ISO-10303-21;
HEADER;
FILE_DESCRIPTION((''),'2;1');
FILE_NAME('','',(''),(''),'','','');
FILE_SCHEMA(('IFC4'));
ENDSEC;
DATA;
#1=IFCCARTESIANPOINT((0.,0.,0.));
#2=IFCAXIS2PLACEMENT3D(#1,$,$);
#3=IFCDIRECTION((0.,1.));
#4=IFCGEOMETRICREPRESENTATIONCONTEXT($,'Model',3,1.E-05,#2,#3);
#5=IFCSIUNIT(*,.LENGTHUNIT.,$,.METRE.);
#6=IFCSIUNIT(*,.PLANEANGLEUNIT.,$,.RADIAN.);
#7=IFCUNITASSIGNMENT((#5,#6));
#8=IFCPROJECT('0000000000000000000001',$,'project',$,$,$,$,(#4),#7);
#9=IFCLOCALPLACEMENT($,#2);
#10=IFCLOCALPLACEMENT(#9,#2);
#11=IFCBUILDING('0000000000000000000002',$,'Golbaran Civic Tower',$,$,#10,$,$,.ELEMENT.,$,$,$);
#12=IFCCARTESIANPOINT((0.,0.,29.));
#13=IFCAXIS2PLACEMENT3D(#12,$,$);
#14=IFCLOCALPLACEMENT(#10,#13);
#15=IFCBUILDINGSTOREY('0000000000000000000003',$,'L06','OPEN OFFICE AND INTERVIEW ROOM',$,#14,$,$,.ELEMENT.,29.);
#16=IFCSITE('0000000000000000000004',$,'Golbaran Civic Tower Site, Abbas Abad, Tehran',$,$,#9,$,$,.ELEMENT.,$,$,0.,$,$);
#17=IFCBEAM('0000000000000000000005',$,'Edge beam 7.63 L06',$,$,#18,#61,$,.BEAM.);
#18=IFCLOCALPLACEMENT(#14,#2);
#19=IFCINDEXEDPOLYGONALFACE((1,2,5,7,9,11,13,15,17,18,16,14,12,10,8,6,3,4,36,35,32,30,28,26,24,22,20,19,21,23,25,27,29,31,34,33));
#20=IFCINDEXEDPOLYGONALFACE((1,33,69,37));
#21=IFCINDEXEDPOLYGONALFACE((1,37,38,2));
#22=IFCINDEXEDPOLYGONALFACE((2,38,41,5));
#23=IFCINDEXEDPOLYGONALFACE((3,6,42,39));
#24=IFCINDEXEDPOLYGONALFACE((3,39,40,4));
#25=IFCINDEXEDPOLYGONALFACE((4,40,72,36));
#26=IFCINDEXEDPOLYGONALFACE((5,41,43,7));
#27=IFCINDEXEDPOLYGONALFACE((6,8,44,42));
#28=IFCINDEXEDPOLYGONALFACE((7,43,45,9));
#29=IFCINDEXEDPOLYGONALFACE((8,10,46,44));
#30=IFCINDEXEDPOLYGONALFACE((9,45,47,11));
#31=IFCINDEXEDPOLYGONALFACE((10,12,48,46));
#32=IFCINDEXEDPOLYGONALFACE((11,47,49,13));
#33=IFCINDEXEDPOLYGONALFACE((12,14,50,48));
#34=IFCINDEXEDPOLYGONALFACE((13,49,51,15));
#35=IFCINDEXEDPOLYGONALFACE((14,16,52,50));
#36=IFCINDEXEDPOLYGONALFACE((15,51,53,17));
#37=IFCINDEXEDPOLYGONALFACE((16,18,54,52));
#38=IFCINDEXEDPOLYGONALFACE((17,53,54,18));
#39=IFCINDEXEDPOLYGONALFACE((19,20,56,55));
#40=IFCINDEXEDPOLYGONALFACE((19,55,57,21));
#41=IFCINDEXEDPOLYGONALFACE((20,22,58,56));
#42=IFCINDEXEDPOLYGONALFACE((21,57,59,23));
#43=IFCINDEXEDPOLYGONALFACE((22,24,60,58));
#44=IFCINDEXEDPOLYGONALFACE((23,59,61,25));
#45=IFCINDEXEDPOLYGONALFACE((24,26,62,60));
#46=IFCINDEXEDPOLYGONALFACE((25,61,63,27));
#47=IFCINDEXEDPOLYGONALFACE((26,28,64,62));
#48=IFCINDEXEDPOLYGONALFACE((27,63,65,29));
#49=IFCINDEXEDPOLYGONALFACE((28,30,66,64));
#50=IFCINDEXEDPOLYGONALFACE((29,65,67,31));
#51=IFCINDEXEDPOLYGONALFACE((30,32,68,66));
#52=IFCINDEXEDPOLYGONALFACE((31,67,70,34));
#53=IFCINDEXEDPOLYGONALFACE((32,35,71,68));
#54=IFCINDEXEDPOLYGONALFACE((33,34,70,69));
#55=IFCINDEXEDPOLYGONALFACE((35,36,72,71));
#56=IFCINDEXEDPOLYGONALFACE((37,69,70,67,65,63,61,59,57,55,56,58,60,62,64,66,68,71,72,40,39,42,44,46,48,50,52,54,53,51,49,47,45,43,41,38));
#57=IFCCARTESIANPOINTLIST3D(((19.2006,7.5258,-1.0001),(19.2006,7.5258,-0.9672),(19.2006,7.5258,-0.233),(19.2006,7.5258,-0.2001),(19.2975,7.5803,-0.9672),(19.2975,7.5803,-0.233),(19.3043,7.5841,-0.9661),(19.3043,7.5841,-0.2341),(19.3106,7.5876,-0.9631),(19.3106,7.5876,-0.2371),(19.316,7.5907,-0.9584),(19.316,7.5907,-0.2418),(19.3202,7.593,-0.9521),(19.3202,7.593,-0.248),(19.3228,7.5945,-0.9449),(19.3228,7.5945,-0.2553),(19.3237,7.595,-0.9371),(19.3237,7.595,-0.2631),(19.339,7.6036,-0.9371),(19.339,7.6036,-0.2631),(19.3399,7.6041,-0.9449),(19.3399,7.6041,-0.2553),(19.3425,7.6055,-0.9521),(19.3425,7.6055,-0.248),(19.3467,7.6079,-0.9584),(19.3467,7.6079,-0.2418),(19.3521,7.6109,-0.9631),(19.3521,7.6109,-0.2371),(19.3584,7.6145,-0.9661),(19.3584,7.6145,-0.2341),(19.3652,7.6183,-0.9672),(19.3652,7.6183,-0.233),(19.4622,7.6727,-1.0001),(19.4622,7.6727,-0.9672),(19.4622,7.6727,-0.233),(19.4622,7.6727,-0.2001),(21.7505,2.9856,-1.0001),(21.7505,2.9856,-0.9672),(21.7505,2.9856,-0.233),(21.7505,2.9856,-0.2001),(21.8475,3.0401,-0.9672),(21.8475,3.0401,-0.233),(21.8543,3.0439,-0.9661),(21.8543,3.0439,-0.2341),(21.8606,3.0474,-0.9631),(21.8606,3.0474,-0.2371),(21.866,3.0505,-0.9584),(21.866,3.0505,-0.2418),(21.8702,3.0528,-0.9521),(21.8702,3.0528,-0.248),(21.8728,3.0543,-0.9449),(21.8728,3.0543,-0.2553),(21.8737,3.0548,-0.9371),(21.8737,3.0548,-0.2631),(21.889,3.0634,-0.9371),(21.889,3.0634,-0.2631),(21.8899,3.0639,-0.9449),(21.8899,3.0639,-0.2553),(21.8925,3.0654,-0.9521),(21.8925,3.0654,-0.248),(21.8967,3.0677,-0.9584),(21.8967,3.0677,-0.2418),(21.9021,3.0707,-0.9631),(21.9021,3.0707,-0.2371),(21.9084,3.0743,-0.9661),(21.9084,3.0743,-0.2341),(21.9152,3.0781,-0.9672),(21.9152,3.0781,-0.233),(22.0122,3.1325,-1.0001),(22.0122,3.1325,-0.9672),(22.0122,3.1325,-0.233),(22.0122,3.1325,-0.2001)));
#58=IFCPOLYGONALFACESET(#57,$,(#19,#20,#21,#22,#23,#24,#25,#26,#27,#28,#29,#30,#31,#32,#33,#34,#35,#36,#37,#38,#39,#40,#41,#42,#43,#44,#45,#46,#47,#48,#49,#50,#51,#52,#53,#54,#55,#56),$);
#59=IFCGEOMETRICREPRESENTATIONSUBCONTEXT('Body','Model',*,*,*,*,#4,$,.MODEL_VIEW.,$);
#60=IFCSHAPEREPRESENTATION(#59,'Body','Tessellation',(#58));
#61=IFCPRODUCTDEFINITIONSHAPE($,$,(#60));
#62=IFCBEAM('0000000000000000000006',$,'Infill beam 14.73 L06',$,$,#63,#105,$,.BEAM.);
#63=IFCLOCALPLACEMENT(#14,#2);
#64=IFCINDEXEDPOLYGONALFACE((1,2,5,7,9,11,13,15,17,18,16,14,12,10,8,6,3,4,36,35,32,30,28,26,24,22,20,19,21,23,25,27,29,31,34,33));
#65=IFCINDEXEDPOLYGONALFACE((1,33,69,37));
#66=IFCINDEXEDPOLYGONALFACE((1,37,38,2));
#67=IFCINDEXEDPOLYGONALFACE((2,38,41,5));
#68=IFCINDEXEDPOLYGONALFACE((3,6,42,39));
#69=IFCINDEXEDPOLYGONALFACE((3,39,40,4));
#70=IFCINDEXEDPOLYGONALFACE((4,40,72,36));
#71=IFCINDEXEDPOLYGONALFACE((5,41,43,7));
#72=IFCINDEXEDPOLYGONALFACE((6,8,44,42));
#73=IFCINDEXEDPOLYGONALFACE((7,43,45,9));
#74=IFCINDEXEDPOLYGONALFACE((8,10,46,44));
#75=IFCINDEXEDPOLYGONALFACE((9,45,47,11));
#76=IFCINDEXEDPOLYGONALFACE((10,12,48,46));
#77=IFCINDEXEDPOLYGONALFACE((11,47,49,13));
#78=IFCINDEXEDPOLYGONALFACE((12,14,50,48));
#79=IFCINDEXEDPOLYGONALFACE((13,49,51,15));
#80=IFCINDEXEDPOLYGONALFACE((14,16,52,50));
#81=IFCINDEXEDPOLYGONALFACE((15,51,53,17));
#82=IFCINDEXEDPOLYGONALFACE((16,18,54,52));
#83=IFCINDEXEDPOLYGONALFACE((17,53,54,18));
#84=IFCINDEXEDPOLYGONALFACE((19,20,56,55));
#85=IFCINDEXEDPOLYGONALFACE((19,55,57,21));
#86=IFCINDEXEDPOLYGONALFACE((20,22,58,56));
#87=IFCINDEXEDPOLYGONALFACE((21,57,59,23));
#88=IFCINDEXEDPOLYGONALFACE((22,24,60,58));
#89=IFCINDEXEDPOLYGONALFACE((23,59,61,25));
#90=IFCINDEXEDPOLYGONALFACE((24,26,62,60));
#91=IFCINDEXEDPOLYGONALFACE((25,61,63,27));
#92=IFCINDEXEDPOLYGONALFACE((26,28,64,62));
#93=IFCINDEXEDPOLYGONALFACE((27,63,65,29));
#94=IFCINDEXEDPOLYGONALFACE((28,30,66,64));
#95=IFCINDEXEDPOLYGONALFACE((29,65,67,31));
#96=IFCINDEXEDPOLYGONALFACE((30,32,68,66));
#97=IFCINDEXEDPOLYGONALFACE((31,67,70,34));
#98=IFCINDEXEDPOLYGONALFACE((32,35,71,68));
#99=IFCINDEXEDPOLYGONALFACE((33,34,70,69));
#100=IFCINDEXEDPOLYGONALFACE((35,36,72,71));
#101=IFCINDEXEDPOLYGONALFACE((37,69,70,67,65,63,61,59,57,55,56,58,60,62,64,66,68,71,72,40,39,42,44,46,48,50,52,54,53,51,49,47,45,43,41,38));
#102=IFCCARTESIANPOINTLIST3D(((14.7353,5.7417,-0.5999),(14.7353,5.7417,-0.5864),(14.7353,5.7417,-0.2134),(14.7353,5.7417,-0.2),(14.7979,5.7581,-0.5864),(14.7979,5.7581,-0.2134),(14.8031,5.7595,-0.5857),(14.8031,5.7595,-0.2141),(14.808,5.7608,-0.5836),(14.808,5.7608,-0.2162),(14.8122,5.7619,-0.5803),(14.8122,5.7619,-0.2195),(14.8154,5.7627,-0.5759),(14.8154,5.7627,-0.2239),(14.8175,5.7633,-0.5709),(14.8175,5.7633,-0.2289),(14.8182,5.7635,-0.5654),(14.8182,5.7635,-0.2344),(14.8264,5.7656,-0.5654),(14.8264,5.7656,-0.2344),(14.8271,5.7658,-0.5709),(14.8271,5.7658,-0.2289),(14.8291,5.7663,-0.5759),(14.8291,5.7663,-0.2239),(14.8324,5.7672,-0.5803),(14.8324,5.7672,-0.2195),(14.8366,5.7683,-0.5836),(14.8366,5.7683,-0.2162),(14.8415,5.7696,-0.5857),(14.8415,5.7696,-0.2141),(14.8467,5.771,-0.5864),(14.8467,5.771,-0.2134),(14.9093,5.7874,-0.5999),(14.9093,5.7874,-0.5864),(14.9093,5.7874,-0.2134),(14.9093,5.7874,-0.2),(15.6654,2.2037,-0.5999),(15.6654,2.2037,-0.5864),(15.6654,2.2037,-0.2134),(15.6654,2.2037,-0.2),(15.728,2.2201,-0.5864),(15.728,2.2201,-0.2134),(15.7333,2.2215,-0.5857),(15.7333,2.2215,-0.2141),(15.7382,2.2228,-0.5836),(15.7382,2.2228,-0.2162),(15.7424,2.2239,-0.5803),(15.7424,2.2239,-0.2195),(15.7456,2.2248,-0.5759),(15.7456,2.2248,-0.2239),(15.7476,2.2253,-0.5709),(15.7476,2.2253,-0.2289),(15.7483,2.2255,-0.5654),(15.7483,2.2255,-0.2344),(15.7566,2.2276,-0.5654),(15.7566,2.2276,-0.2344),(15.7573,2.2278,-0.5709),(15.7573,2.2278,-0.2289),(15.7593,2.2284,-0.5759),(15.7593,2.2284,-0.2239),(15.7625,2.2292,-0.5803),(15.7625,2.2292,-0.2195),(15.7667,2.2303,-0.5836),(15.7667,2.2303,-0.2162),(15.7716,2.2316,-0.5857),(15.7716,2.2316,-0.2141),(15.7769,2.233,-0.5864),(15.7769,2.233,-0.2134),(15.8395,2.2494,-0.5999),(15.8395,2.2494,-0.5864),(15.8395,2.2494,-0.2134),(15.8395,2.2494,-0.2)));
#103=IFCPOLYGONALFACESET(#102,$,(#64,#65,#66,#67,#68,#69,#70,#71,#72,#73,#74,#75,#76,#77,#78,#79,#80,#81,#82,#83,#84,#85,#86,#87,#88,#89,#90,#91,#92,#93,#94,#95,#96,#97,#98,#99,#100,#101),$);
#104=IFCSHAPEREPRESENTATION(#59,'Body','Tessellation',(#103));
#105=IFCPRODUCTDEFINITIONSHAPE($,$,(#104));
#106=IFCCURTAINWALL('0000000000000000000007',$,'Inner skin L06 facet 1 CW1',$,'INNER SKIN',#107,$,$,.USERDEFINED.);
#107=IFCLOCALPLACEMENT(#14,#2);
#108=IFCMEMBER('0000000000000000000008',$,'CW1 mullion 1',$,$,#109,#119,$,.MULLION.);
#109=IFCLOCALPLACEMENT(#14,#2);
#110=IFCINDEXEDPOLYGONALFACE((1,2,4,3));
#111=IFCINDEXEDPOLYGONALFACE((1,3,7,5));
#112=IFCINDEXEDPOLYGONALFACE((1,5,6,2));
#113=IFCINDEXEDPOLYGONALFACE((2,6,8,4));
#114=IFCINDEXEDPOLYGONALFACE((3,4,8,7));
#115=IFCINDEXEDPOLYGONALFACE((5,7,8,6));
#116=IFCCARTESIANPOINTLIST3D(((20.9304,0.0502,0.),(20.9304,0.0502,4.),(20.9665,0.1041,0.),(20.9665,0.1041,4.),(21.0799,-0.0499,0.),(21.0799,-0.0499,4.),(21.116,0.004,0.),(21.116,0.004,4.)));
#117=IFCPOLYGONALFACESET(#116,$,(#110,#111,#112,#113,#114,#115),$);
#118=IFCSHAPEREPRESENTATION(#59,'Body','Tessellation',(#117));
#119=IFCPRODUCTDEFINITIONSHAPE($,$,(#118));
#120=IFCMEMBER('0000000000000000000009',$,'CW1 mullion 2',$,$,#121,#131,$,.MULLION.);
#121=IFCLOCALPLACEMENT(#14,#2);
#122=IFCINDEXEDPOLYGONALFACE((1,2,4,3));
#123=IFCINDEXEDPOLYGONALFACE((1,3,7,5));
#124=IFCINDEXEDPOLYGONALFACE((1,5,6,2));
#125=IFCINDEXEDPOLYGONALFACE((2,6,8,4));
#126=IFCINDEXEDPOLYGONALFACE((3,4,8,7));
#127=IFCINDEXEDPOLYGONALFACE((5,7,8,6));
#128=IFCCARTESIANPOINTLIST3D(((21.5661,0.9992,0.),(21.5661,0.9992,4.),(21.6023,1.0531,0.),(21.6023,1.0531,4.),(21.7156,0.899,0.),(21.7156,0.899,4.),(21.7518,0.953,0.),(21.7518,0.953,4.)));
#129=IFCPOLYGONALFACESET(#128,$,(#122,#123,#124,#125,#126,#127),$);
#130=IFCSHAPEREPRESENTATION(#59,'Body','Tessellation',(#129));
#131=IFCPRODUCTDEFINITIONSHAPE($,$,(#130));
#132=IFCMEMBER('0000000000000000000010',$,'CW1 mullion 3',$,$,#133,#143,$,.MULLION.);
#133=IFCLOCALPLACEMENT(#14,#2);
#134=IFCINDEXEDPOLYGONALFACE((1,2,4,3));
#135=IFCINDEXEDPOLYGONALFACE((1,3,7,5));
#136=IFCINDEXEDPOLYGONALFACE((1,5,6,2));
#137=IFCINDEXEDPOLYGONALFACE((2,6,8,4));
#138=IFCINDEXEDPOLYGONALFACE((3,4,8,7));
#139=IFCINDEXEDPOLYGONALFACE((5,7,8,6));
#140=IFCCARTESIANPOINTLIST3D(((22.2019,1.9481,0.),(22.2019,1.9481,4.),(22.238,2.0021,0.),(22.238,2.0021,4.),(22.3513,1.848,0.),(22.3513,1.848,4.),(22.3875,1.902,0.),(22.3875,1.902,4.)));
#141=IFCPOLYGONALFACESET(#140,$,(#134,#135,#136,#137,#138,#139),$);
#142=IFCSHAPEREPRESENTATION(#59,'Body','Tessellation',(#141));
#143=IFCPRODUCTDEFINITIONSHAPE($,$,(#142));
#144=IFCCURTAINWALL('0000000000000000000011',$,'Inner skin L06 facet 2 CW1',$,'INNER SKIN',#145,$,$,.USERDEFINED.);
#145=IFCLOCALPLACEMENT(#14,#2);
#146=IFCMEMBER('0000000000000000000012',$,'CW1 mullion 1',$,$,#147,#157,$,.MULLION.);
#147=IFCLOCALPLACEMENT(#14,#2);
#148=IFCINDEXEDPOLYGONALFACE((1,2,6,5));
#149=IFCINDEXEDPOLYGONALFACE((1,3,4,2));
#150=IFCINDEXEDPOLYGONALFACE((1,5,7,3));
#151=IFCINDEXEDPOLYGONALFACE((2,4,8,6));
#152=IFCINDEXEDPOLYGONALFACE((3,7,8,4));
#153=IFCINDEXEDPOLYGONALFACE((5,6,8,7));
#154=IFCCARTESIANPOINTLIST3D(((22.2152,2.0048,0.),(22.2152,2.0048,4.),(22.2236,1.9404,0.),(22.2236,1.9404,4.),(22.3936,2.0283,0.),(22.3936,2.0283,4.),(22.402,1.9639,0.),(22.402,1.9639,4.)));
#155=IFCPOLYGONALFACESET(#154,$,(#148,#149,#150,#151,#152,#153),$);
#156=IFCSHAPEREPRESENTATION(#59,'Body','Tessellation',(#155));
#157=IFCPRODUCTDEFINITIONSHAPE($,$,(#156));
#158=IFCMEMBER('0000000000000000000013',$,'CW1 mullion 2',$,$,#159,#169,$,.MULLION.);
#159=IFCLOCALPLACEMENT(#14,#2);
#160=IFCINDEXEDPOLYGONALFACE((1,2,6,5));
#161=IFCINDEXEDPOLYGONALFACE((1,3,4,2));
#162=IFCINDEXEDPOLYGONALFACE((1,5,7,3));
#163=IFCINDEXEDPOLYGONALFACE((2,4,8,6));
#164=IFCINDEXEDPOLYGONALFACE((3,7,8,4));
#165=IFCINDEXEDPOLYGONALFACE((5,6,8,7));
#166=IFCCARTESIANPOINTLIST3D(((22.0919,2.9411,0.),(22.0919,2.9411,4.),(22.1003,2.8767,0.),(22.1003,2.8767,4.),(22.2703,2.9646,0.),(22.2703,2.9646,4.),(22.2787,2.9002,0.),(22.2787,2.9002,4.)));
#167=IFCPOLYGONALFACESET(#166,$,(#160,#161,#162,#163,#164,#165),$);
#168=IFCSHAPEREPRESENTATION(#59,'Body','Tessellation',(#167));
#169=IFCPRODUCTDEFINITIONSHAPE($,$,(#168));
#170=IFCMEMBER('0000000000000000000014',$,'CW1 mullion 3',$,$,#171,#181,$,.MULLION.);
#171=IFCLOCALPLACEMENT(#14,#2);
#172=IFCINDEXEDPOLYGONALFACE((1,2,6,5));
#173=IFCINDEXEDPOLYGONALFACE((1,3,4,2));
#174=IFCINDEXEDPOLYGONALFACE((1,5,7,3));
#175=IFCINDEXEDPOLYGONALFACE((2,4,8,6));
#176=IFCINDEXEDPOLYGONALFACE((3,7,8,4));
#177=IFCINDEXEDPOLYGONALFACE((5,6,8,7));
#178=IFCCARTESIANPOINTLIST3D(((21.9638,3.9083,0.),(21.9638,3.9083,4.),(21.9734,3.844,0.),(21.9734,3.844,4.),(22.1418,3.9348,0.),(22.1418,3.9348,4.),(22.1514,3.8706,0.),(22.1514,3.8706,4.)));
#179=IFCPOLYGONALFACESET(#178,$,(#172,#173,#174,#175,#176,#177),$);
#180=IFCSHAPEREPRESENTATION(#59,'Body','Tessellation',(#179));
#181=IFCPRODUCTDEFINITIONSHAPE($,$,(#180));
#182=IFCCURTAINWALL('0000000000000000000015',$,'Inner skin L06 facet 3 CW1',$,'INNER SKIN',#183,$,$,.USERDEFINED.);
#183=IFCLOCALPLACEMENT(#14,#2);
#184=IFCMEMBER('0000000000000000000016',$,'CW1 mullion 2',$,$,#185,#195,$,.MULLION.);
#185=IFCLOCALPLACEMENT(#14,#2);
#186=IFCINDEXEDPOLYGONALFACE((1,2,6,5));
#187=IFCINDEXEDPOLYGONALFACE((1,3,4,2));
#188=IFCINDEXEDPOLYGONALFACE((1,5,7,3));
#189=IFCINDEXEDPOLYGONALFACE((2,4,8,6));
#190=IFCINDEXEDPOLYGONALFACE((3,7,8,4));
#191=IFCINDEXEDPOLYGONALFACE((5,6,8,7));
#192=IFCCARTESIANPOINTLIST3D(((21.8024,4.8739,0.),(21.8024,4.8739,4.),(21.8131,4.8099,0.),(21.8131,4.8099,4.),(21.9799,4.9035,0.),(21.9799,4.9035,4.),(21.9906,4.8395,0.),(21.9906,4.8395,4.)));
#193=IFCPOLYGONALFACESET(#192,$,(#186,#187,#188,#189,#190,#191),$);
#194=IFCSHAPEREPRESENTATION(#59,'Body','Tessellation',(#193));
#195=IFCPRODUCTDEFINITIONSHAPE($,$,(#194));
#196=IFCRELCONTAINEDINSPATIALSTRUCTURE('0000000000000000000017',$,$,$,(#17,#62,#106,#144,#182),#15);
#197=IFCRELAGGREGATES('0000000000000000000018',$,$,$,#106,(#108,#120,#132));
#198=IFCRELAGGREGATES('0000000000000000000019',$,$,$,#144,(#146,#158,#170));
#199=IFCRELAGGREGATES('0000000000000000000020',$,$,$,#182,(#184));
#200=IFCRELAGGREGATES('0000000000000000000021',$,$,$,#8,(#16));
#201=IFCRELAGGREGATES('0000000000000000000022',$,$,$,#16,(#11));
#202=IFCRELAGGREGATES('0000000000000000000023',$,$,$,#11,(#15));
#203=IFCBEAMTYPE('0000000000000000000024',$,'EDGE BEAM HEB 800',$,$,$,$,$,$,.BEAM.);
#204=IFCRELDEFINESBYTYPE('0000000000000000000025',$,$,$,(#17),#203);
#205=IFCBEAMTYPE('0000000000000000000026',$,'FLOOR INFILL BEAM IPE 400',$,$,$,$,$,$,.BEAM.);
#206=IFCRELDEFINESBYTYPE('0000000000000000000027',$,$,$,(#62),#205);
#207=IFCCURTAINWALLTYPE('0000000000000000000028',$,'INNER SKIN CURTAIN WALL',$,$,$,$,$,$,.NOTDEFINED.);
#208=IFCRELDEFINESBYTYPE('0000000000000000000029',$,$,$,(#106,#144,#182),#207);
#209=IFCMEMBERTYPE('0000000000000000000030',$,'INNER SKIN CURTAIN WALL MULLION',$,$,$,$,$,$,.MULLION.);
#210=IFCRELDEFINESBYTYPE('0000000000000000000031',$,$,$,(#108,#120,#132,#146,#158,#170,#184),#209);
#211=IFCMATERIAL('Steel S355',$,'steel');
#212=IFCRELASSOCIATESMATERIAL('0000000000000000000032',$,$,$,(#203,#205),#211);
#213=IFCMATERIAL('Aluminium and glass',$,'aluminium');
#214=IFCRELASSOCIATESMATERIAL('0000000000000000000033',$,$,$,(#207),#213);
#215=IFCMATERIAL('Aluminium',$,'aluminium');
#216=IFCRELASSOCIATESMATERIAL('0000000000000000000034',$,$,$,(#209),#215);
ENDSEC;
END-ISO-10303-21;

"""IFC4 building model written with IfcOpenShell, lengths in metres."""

from ifc_helpers import new_model, si_unit, direction, frame, origin, origin_2d, place, context, subcontext, project, spatial, rectangle, i_section, extrude, material, material_profile, profile_set, type_object, element, aggregate, save


model = new_model("IFC4")

# Units and contexts
model_context = context("Model", 3, precision=1e-05, world=origin(), true_north=direction((0.0, 1.0)))
body_context = subcontext(model_context, "Body", "Model", "MODEL_VIEW")
ifc_project = project(units=[si_unit("LENGTHUNIT", "METRE"), si_unit("PLANEANGLEUNIT", "RADIAN")], contexts=[model_context])

# Site, building, storey
site_placement = place(None, origin())
site = spatial("IfcSite", under=ifc_project, at=site_placement, Name="Golbaran Civic Tower Site, Abbas Abad, Tehran", CompositionType="ELEMENT", RefElevation=0.0)
building_placement = place(site_placement, origin())
building = spatial("IfcBuilding", under=site, at=building_placement, Name="Golbaran Civic Tower", CompositionType="ELEMENT")
storey_placement = place(building_placement, frame((0.0, 0.0, 29.0)))
storey = spatial("IfcBuildingStorey", under=building, at=storey_placement, Name="L06", Description="OPEN OFFICE AND INTERVIEW ROOM", CompositionType="ELEMENT", Elevation=29.0)

# Beams
ifc_material_1 = material(Name="Steel S355", Category="steel")
ifc_material_profile_1 = material_profile(ifc_material_1, i_section(OverallWidth=0.3, OverallDepth=0.8, WebThickness=0.0176, FlangeThickness=0.033, FilletRadius=0.03, at=origin_2d()), Name="HEB 800")
ifc_profile_set_1 = profile_set([ifc_material_profile_1], Name="Steel S355")
beam_type_1 = type_object("IfcBeamType", Name="EDGE BEAM HEB 800", PredefinedType="BEAM", material=ifc_profile_set_1)
beam_1_placement = place(storey_placement, frame((21.8813, 3.0591, -0.6001), z_axis=(-0.489698, 0.871892, 0.0), x_axis=(-0.871892, -0.489698, 0.0)))
element("IfcBeam", 1, at=beam_1_placement, inside=storey, type_object=beam_type_1, Name="Edge beam 7.63 L06", PredefinedType="BEAM", context=body_context, shape_type="SweptSolid", body=[
    extrude(i_section(OverallWidth=0.3, OverallDepth=0.8, WebThickness=0.0176, FlangeThickness=0.033, FilletRadius=0.03, at=origin_2d()), origin(), (0.0, 0.0, 1.0), 5.2073),
])
ifc_material_profile_2 = material_profile(ifc_material_1, i_section(OverallWidth=0.1799, OverallDepth=0.3999, WebThickness=0.0085, FlangeThickness=0.0134, FilletRadius=0.021, at=origin_2d()), Name="IPE 400")
ifc_profile_set_2 = profile_set([ifc_material_profile_2], Name="Steel S355")
beam_type_2 = type_object("IfcBeamType", Name="FLOOR INFILL BEAM IPE 400", PredefinedType="BEAM", material=ifc_profile_set_2)
beam_2_placement = place(storey_placement, frame((15.7524, 2.2266, -0.3999), z_axis=(-0.254263, 0.967135, 0.0), x_axis=(-0.967135, -0.254263, 0.0)))
element("IfcBeam", 2, at=beam_2_placement, inside=storey, type_object=beam_type_2, Name="Infill beam 14.73 L06", PredefinedType="BEAM", context=body_context, shape_type="SweptSolid", body=[
    extrude(i_section(OverallWidth=0.1799, OverallDepth=0.3999, WebThickness=0.0085, FlangeThickness=0.0134, FilletRadius=0.021, at=origin_2d()), origin(), (0.0, 0.0, 1.0), 3.6582),
])

# Curtain walls, members
ifc_material_2 = material(Name="Aluminium and glass", Category="aluminium")
curtain_wall_type = type_object("IfcCurtainWallType", Name="INNER SKIN CURTAIN WALL", PredefinedType="NOTDEFINED", material=ifc_material_2)
curtain_wall_1_placement = place(storey_placement, origin())
curtain_wall_1 = element("IfcCurtainWall", 3, at=curtain_wall_1_placement, inside=storey, type_object=curtain_wall_type, Name="Inner skin L06 facet 1 CW1", ObjectType="INNER SKIN", PredefinedType="USERDEFINED")
ifc_material_3 = material(Name="Aluminium", Category="aluminium")
ifc_material_profile_3 = material_profile(ifc_material_3, rectangle(XDim=0.1799, YDim=0.0649, at=origin_2d()), Name="INNER SKIN CURTAIN WALL MULLION")
ifc_profile_set_3 = profile_set([ifc_material_profile_3], Name="Aluminium")
member_type_1 = type_object("IfcMemberType", Name="INNER SKIN CURTAIN WALL MULLION", PredefinedType="MULLION", material=ifc_profile_set_3)
member_1_placement = place(storey_placement, frame((21.0232, 0.0271, 0.0), z_axis=(0.0, 0.0, 1.0), x_axis=(-0.830799, 0.556572, 0.0)))
member_1 = element("IfcMember", 4, at=member_1_placement, type_object=member_type_1, Name="CW1 mullion 1", PredefinedType="MULLION", context=body_context, shape_type="SweptSolid", body=[
    extrude(rectangle(XDim=0.1799, YDim=0.0649, at=origin_2d()), origin(), (0.0, 0.0, 1.0), 4.0),
])
member_2_placement = place(storey_placement, frame((21.6589, 0.9761, 0.0), z_axis=(0.0, 0.0, 1.0), x_axis=(-0.830799, 0.556572, 0.0)))
member_2 = element("IfcMember", 5, at=member_2_placement, type_object=member_type_1, Name="CW1 mullion 2", PredefinedType="MULLION", context=body_context, shape_type="SweptSolid", body=[
    extrude(rectangle(XDim=0.1799, YDim=0.0649, at=origin_2d()), origin(), (0.0, 0.0, 1.0), 4.0),
])
member_3_placement = place(storey_placement, frame((22.2947, 1.925, 0.0), z_axis=(0.0, 0.0, 1.0), x_axis=(-0.830799, 0.556572, 0.0)))
member_3 = element("IfcMember", 6, at=member_3_placement, type_object=member_type_1, Name="CW1 mullion 3", PredefinedType="MULLION", context=body_context, shape_type="SweptSolid", body=[
    extrude(rectangle(XDim=0.1799, YDim=0.0649, at=origin_2d()), origin(), (0.0, 0.0, 1.0), 4.0),
])
curtain_wall_2_placement = place(storey_placement, origin())
curtain_wall_2 = element("IfcCurtainWall", 7, at=curtain_wall_2_placement, inside=storey, type_object=curtain_wall_type, Name="Inner skin L06 facet 2 CW1", ObjectType="INNER SKIN", PredefinedType="USERDEFINED")
member_4_placement = place(storey_placement, frame((22.3086, 1.9844, 0.0), z_axis=(0.0, 0.0, 1.0), x_axis=(-0.991445, -0.130526, 0.0)))
member_4 = element("IfcMember", 8, at=member_4_placement, type_object=member_type_1, Name="CW1 mullion 1", PredefinedType="MULLION", context=body_context, shape_type="SweptSolid", body=[
    extrude(rectangle(XDim=0.1799, YDim=0.0649, at=origin_2d()), origin(), (0.0, 0.0, 1.0), 4.0),
])
member_5_placement = place(storey_placement, frame((22.1853, 2.9207, 0.0), z_axis=(0.0, 0.0, 1.0), x_axis=(-0.991445, -0.130526, 0.0)))
member_5 = element("IfcMember", 9, at=member_5_placement, type_object=member_type_1, Name="CW1 mullion 2", PredefinedType="MULLION", context=body_context, shape_type="SweptSolid", body=[
    extrude(rectangle(XDim=0.1799, YDim=0.0649, at=origin_2d()), origin(), (0.0, 0.0, 1.0), 4.0),
])
member_6_placement = place(storey_placement, frame((22.0576, 3.8894, 0.0), z_axis=(0.0, 0.0, 1.0), x_axis=(-0.989063, -0.147492, 0.0)))
member_6 = element("IfcMember", 10, at=member_6_placement, type_object=member_type_1, Name="CW1 mullion 3", PredefinedType="MULLION", context=body_context, shape_type="SweptSolid", body=[
    extrude(rectangle(XDim=0.1799, YDim=0.0649, at=origin_2d()), origin(), (0.0, 0.0, 1.0), 4.0),
])

# Curtain wall, member
curtain_wall_3_placement = place(storey_placement, origin())
curtain_wall_3 = element("IfcCurtainWall", 11, at=curtain_wall_3_placement, inside=storey, type_object=curtain_wall_type, Name="Inner skin L06 facet 3 CW1", ObjectType="INNER SKIN", PredefinedType="USERDEFINED")
member_7_placement = place(storey_placement, frame((21.8965, 4.8567, 0.0), z_axis=(0.0, 0.0, 1.0), x_axis=(-0.986391, -0.164415, 0.0)))
member_7 = element("IfcMember", 12, at=member_7_placement, type_object=member_type_1, Name="CW1 mullion 2", PredefinedType="MULLION", context=body_context, shape_type="SweptSolid", body=[
    extrude(rectangle(XDim=0.1799, YDim=0.0649, at=origin_2d()), origin(), (0.0, 0.0, 1.0), 4.0),
])

aggregate(curtain_wall_1, [member_1, member_2, member_3])
aggregate(curtain_wall_2, [member_4, member_5, member_6])
aggregate(curtain_wall_3, [member_7])

save(model, "model.ifc")
